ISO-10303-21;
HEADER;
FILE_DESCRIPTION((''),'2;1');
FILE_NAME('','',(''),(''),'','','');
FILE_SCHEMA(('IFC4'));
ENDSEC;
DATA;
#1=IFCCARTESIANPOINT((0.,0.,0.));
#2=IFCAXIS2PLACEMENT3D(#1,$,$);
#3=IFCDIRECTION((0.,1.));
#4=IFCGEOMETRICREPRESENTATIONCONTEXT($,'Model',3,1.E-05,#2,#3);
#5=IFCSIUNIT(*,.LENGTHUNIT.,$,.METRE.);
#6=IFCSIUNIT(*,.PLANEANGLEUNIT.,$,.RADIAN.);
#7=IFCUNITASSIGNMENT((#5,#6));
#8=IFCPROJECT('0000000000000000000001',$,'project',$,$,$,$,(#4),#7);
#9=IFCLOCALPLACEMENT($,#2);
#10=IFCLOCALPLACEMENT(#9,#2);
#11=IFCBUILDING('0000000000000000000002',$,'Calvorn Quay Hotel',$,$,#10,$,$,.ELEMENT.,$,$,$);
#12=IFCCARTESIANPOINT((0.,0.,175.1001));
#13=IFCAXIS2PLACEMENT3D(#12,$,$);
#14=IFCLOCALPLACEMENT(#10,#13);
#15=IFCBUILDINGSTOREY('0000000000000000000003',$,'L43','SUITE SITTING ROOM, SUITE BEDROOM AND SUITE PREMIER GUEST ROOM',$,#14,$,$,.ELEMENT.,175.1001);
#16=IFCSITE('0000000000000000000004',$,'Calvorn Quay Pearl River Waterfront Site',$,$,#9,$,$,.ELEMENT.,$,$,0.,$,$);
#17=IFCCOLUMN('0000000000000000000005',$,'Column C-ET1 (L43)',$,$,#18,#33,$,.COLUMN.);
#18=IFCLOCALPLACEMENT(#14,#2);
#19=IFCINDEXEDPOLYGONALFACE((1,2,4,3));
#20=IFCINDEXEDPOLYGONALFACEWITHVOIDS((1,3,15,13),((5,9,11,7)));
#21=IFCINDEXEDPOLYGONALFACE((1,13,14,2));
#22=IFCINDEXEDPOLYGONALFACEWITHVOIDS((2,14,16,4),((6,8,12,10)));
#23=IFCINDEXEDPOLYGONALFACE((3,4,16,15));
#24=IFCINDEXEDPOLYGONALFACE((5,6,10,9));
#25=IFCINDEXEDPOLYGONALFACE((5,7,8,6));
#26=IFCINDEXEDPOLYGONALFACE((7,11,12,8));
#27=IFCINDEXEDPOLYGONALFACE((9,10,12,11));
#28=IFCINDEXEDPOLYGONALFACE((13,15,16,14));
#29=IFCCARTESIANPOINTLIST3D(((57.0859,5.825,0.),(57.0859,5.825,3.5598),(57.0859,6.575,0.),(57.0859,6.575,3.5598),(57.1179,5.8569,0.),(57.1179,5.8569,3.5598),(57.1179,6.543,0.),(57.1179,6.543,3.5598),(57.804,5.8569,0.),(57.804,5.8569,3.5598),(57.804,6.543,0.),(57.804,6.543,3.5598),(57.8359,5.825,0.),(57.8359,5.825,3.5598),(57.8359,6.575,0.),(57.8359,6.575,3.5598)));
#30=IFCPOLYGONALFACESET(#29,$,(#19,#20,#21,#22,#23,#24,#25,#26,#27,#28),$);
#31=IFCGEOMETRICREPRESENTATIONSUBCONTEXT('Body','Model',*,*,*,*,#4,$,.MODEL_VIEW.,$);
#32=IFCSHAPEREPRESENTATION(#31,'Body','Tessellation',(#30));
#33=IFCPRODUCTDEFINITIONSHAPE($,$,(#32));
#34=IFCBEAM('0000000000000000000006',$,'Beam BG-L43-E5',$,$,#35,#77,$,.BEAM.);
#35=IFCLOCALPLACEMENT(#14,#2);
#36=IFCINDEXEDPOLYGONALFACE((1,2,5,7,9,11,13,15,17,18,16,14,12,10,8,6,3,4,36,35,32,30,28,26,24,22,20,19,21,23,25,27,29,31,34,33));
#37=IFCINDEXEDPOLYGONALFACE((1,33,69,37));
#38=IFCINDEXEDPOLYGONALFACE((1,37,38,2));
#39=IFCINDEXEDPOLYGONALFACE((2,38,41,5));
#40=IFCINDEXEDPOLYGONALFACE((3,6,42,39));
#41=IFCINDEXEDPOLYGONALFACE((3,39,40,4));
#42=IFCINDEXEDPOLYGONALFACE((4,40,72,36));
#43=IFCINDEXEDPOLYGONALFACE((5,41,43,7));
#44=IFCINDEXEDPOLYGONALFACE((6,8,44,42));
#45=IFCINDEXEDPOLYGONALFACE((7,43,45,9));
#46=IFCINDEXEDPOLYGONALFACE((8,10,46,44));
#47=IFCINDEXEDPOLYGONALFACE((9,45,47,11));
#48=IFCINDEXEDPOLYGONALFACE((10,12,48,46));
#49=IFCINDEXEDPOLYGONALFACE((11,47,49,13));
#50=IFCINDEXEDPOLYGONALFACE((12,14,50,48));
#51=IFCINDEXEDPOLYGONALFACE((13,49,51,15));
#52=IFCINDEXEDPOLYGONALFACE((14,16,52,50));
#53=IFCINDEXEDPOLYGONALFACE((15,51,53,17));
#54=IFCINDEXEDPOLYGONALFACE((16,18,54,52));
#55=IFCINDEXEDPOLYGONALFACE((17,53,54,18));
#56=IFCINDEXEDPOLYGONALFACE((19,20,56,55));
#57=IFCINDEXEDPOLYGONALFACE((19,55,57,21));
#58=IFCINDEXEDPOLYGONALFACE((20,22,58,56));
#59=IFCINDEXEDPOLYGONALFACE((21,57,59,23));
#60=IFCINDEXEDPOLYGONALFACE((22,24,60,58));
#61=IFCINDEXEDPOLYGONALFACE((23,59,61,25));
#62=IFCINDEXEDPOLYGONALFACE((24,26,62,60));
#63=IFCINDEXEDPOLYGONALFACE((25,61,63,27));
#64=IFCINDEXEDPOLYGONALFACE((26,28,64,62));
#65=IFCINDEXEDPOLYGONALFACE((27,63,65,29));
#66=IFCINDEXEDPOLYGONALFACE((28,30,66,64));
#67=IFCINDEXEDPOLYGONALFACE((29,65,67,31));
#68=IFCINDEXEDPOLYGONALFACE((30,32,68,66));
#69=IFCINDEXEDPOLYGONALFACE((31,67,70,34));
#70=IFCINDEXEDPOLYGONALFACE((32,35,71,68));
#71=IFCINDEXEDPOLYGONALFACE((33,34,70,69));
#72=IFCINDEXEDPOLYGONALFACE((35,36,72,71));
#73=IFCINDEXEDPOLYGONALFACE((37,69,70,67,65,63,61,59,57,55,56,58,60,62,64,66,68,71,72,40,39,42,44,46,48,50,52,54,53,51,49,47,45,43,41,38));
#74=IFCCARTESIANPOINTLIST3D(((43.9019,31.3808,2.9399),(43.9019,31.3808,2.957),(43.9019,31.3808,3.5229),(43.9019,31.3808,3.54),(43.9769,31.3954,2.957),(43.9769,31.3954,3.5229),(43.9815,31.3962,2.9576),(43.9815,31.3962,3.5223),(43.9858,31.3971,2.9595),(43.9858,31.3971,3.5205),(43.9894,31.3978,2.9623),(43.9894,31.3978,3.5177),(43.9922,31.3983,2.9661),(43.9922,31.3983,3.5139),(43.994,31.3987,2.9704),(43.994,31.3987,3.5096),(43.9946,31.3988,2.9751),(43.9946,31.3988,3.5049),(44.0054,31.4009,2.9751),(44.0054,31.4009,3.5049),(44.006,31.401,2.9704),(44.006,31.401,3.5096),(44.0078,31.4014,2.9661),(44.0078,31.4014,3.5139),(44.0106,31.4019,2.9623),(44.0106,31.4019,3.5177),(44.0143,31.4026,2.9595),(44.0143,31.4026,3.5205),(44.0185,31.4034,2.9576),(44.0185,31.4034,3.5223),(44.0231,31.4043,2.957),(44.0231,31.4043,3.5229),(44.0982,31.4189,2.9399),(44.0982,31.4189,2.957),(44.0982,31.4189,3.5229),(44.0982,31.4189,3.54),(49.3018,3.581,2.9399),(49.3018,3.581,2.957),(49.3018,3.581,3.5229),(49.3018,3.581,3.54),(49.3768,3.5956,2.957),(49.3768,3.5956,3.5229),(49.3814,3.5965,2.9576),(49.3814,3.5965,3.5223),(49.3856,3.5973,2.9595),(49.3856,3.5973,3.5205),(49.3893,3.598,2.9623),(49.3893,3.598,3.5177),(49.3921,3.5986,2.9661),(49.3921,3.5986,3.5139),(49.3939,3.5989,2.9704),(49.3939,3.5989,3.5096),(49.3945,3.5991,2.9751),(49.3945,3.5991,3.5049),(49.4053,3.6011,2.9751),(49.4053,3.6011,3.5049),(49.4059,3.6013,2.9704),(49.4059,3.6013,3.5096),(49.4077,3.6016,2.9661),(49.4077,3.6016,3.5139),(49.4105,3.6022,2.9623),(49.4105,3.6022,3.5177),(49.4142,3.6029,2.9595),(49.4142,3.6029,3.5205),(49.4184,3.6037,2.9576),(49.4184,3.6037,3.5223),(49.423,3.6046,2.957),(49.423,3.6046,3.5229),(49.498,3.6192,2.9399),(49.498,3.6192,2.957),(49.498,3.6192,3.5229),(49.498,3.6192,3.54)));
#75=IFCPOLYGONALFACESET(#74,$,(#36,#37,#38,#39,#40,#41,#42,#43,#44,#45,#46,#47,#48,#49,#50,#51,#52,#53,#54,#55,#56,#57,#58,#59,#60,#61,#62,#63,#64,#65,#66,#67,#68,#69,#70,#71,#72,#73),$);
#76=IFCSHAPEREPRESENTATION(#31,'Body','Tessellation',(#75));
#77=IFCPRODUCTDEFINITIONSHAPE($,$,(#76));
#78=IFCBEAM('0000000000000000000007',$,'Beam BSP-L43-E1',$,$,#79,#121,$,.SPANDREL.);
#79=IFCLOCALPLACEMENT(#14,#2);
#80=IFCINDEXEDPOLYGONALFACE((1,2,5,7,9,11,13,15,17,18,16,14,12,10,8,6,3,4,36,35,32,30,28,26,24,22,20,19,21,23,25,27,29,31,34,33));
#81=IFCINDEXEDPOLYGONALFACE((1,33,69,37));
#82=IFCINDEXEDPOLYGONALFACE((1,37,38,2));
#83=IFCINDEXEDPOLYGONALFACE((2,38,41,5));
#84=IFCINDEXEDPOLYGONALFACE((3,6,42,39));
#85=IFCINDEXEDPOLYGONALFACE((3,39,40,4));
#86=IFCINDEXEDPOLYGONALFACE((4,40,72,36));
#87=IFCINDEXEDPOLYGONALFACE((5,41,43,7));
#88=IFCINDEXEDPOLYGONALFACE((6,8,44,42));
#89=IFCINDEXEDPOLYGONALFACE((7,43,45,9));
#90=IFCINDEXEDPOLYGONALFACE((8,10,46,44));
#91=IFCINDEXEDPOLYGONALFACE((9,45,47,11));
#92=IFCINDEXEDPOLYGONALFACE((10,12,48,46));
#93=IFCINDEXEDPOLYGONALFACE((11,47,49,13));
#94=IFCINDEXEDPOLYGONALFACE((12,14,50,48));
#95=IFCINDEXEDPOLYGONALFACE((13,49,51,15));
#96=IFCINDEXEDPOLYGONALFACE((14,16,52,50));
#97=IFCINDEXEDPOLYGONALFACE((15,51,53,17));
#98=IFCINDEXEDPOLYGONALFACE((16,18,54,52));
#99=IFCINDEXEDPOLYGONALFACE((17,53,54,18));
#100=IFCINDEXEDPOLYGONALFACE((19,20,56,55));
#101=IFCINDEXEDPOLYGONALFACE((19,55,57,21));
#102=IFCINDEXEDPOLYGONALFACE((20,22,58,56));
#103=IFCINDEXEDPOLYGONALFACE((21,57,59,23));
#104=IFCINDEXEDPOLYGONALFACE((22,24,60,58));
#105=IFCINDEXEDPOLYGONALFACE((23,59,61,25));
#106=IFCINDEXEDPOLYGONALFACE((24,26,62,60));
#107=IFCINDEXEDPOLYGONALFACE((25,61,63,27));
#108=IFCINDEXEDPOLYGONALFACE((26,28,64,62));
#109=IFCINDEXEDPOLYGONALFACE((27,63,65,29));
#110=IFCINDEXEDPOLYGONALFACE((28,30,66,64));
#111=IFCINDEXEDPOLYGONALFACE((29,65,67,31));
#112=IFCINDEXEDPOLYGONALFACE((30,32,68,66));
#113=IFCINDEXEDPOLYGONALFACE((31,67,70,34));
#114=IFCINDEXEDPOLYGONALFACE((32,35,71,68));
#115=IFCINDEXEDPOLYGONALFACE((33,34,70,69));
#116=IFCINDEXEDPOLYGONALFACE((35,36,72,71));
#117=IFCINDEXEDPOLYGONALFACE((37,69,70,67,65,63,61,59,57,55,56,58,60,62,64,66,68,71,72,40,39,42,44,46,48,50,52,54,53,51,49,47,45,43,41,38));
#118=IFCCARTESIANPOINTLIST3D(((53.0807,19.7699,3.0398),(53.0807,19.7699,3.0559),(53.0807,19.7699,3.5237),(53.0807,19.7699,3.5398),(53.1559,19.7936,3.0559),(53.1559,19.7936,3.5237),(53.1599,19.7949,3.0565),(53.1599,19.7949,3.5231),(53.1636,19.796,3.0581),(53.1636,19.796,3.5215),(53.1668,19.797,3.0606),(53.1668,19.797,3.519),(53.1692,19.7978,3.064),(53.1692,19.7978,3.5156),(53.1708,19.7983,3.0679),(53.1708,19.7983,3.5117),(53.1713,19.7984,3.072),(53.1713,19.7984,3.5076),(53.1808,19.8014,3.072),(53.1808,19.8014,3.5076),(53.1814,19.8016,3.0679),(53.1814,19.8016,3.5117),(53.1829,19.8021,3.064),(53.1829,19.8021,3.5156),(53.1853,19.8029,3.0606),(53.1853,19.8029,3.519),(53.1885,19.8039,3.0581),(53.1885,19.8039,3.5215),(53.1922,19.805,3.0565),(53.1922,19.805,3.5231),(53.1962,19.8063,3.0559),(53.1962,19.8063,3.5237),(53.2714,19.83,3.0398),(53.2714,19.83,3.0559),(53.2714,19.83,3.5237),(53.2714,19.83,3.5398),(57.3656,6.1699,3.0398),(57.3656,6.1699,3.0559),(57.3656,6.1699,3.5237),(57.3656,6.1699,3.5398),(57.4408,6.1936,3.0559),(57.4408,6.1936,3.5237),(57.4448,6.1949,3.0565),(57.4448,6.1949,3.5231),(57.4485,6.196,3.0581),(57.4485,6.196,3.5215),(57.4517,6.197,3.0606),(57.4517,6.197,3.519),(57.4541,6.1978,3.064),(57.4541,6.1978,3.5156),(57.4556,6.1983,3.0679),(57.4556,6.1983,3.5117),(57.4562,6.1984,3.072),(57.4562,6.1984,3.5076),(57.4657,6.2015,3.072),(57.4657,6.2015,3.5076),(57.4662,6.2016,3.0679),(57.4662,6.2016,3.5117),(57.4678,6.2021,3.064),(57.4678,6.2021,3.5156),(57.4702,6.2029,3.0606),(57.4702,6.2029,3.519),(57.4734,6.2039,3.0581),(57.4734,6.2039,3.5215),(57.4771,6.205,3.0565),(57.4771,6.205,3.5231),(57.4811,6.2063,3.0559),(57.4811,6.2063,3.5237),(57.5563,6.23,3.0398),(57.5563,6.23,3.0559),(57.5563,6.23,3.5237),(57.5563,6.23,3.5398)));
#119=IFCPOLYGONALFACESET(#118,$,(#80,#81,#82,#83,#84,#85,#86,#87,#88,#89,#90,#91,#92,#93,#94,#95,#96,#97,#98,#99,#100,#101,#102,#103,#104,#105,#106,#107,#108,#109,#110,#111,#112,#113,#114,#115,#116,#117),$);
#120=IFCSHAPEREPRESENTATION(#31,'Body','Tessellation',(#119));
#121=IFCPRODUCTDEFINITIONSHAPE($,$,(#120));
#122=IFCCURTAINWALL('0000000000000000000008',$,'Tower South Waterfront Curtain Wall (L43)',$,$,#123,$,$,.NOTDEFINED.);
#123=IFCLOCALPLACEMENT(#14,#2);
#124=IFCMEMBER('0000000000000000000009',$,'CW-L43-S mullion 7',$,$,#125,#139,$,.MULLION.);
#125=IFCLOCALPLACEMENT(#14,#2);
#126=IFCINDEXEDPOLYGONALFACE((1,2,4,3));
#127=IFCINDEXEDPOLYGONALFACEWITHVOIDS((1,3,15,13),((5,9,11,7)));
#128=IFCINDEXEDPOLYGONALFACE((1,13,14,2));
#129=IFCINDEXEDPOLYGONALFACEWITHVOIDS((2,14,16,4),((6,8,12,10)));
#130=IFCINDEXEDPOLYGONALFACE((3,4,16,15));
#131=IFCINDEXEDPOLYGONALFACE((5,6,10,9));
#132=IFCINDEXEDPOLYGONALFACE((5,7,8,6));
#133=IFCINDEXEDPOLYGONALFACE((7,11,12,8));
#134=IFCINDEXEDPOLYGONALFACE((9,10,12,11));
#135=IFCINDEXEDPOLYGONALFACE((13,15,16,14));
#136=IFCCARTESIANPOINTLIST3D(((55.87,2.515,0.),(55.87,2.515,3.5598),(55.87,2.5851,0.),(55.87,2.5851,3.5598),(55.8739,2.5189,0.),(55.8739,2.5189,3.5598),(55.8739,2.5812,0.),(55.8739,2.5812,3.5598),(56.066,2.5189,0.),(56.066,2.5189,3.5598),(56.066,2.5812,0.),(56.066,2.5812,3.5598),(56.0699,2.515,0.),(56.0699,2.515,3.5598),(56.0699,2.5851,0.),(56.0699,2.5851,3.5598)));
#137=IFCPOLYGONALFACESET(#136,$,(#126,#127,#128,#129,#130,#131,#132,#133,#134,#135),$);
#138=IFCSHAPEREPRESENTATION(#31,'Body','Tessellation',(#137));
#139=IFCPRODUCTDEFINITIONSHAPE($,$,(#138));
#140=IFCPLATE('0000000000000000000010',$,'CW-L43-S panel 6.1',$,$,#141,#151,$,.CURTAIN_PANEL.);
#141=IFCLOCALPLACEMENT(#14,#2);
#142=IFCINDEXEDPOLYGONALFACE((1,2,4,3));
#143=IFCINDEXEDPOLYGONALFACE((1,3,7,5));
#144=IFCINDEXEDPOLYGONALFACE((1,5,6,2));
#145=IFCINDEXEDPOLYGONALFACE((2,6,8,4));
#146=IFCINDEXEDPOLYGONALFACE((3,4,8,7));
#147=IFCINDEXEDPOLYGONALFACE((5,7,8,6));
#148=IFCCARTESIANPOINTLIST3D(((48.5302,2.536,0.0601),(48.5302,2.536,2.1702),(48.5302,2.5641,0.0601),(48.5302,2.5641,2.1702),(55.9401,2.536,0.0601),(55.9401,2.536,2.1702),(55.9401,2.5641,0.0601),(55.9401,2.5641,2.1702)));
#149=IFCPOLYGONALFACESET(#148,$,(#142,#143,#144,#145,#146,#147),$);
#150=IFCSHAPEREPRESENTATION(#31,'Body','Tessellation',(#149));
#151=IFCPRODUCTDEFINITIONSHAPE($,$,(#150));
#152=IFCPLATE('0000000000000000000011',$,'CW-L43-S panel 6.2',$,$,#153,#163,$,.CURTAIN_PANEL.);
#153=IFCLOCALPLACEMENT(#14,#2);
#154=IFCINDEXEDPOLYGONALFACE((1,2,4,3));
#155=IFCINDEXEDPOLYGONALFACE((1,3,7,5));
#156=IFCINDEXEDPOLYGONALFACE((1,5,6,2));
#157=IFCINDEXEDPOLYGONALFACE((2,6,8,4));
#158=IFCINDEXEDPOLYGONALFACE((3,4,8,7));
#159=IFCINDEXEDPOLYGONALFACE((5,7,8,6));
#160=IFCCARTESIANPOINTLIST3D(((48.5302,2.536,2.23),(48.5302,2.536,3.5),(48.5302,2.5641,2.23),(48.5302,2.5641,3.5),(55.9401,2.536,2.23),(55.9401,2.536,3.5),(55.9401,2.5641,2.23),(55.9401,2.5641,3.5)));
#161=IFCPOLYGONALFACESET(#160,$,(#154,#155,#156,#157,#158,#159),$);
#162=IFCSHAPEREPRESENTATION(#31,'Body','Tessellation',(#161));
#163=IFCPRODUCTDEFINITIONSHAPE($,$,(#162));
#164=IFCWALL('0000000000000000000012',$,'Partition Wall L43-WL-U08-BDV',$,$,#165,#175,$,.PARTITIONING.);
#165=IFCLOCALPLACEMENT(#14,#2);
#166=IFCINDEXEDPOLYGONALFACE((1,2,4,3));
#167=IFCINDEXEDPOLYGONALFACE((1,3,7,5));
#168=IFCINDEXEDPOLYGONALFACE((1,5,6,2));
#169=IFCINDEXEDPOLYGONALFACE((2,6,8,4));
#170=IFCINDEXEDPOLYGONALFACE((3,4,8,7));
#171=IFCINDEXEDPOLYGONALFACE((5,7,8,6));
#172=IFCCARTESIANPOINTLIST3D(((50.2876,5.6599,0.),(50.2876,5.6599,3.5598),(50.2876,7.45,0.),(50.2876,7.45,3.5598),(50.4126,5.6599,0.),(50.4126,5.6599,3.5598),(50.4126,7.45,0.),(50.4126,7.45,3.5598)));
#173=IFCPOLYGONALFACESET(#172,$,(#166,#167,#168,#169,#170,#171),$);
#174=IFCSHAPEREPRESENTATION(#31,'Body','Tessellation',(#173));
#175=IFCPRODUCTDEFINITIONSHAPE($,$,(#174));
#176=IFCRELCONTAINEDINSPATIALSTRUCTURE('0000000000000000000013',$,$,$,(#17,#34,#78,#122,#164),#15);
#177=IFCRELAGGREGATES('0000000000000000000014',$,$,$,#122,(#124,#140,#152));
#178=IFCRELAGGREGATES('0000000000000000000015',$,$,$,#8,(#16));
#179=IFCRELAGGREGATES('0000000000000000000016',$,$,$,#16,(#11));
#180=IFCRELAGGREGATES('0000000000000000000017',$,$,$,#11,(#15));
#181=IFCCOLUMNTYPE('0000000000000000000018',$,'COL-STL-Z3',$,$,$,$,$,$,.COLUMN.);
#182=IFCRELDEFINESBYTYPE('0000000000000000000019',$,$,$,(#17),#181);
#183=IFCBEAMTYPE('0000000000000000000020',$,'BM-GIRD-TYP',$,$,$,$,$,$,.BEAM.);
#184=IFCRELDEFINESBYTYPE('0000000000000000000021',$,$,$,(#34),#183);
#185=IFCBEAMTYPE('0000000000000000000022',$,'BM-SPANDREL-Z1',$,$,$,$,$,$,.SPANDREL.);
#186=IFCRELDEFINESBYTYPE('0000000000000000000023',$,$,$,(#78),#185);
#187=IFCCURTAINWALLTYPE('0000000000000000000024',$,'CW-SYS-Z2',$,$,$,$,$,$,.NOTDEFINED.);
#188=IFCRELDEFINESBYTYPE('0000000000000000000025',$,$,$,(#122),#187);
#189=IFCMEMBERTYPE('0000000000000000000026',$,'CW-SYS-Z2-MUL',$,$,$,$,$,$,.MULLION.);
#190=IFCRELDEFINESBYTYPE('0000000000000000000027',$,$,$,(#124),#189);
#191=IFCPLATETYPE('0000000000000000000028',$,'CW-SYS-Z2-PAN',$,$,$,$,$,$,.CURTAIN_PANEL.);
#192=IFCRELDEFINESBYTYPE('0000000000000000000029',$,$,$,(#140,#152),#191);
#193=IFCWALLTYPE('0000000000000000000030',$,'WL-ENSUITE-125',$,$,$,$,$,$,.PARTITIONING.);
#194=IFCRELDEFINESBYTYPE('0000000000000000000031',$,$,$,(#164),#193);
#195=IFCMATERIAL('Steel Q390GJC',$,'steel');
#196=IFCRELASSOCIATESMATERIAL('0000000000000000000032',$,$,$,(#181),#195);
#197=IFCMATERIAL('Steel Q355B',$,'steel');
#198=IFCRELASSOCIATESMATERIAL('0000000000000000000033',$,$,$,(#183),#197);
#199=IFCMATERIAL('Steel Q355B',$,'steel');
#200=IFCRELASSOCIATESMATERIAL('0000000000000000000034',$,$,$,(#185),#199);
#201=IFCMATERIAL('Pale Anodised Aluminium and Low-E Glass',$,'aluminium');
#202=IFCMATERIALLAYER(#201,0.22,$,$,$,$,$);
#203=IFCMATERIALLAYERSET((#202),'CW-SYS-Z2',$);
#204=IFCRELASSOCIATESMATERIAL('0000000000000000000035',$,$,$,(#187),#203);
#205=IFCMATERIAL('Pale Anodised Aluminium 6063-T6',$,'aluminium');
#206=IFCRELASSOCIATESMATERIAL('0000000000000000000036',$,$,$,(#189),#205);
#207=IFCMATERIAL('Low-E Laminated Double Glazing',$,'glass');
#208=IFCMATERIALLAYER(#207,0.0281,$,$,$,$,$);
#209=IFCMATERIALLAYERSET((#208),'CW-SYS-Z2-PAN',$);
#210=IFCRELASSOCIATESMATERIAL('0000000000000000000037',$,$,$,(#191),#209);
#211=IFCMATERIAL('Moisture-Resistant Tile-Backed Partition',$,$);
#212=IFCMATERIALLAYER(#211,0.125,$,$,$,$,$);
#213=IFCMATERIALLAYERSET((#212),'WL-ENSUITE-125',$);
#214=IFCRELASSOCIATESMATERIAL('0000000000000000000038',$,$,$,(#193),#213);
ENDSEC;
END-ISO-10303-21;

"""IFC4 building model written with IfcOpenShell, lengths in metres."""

from ifc_helpers import new_model, si_unit, direction, frame, frame_2d, origin, origin_2d, place, context, subcontext, project, spatial, rectangle, hollow_rectangle, i_section, extrude, material, layer, layer_set, material_profile, profile_set, type_object, element, aggregate, save


model = new_model("IFC4")

# Units and contexts
model_context = context("Model", 3, precision=1e-05, world=origin(), true_north=direction((0.0, 1.0)))
body_context = subcontext(model_context, "Body", "Model", "MODEL_VIEW")
ifc_project = project(units=[si_unit("LENGTHUNIT", "METRE"), si_unit("PLANEANGLEUNIT", "RADIAN")], contexts=[model_context])

# Site, building, storey
site_placement = place(None, origin())
site = spatial("IfcSite", under=ifc_project, at=site_placement, Name="Calvorn Quay Pearl River Waterfront Site", CompositionType="ELEMENT", RefElevation=0.0)
building_placement = place(site_placement, origin())
building = spatial("IfcBuilding", under=site, at=building_placement, Name="Calvorn Quay Hotel", CompositionType="ELEMENT")
storey_placement = place(building_placement, frame((0.0, 0.0, 175.1001)))
storey = spatial("IfcBuildingStorey", under=building, at=storey_placement, Name="L43", Description="SUITE SITTING ROOM, SUITE BEDROOM AND SUITE PREMIER GUEST ROOM", CompositionType="ELEMENT", Elevation=175.1001)

# Column
ifc_material_1 = material(Name="Steel Q390GJC", Category="steel")
ifc_material_profile_1 = material_profile(ifc_material_1, hollow_rectangle(XDim=0.75, YDim=0.75, WallThickness=0.032, at=origin_2d()), Name="BOX750x750x32")
ifc_profile_set_1 = profile_set([ifc_material_profile_1], Name="Steel Q390GJC")
column_type = type_object("IfcColumnType", Name="COL-STL-Z3", PredefinedType="COLUMN", material=ifc_profile_set_1)
column_placement = place(storey_placement, frame((57.4609, 6.2, 0.0), z_axis=(0.0, 0.0, 1.0), x_axis=(1.0, 0.0, 0.0)))
element("IfcColumn", 1, at=column_placement, inside=storey, type_object=column_type, Name="Column C-ET1 (L43)", PredefinedType="COLUMN", context=body_context, shape_type="SweptSolid", body=[
    extrude(hollow_rectangle(XDim=0.75, YDim=0.75, WallThickness=0.032, at=origin_2d()), origin(), (0.0, 0.0, 1.0), 3.5598),
])

# Beams
ifc_material_2 = material(Name="Steel Q355B", Category="steel")
ifc_material_profile_2 = material_profile(ifc_material_2, i_section(OverallWidth=0.2, OverallDepth=0.6001, WebThickness=0.011, FlangeThickness=0.0171, FilletRadius=0.0181, at=origin_2d()), Name="HN600x200x11x17")
ifc_profile_set_2 = profile_set([ifc_material_profile_2], Name="Steel Q355B")
beam_type_1 = type_object("IfcBeamType", Name="BM-GIRD-TYP", PredefinedType="BEAM", material=ifc_profile_set_2)
beam_1_placement = place(storey_placement, frame((49.3999, 3.6001, 3.24), z_axis=(-0.190679, 0.981653, 0.0), x_axis=(-0.981653, -0.190679, 0.0)))
element("IfcBeam", 2, at=beam_1_placement, inside=storey, type_object=beam_type_1, Name="Beam BG-L43-E5", PredefinedType="BEAM", context=body_context, shape_type="SweptSolid", body=[
    extrude(i_section(OverallWidth=0.2, OverallDepth=0.6001, WebThickness=0.011, FlangeThickness=0.0171, FilletRadius=0.0181, at=origin_2d()), origin(), (0.0, 0.0, 1.0), 28.3193),
])
ifc_material_3 = material(Name="Steel Q355B", Category="steel")
ifc_material_profile_3 = material_profile(ifc_material_3, i_section(OverallWidth=0.2, OverallDepth=0.5, WebThickness=0.01, FlangeThickness=0.0161, FilletRadius=0.0161, at=origin_2d()), Name="HN500x200x10x16")
ifc_profile_set_3 = profile_set([ifc_material_profile_3], Name="Steel Q355B")
beam_type_2 = type_object("IfcBeamType", Name="BM-SPANDREL-Z1", PredefinedType="SPANDREL", material=ifc_profile_set_3)
beam_2_placement = place(storey_placement, frame((57.4609, 6.2, 3.2898), z_axis=(-0.300503, 0.953781, 0.0), x_axis=(-0.953781, -0.300503, 0.0)))
element("IfcBeam", 3, at=beam_2_placement, inside=storey, type_object=beam_type_2, Name="Beam BSP-L43-E1", PredefinedType="SPANDREL", context=body_context, shape_type="SweptSolid", body=[
    extrude(i_section(OverallWidth=0.2, OverallDepth=0.5, WebThickness=0.01, FlangeThickness=0.0161, FilletRadius=0.0161, at=origin_2d()), origin(), (0.0, 0.0, 1.0), 14.259),
])

# Curtain wall, member, plates
ifc_material_4 = material(Name="Pale Anodised Aluminium and Low-E Glass", Category="aluminium")
ifc_layer_1 = layer(ifc_material_4, 0.22)
ifc_layer_set_1 = layer_set([ifc_layer_1], Name="CW-SYS-Z2")
curtain_wall_type = type_object("IfcCurtainWallType", Name="CW-SYS-Z2", PredefinedType="NOTDEFINED", material=ifc_layer_set_1)
curtain_wall_placement = place(storey_placement, origin())
curtain_wall = element("IfcCurtainWall", 4, at=curtain_wall_placement, inside=storey, type_object=curtain_wall_type, Name="Tower South Waterfront Curtain Wall (L43)", PredefinedType="NOTDEFINED")
ifc_material_5 = material(Name="Pale Anodised Aluminium 6063-T6", Category="aluminium")
ifc_material_profile_4 = material_profile(ifc_material_5, hollow_rectangle(XDim=0.0701, YDim=0.2, WallThickness=0.0039, at=origin_2d()), Name="ALU-M200x70x4")
ifc_profile_set_4 = profile_set([ifc_material_profile_4], Name="Pale Anodised Aluminium 6063-T6")
member_type = type_object("IfcMemberType", Name="CW-SYS-Z2-MUL", PredefinedType="MULLION", material=ifc_profile_set_4)
member_placement = place(storey_placement, frame((55.97, 2.55, 0.0), z_axis=(0.0, 0.0, 1.0), x_axis=(0.0, 1.0, 0.0)))
member = element("IfcMember", 5, at=member_placement, type_object=member_type, Name="CW-L43-S mullion 7", PredefinedType="MULLION", context=body_context, shape_type="SweptSolid", body=[
    extrude(hollow_rectangle(XDim=0.0701, YDim=0.2, WallThickness=0.0039, at=origin_2d()), origin(), (0.0, 0.0, 1.0), 3.5598),
])
ifc_material_6 = material(Name="Low-E Laminated Double Glazing", Category="glass")
ifc_layer_2 = layer(ifc_material_6, 0.0281)
ifc_layer_set_2 = layer_set([ifc_layer_2], Name="CW-SYS-Z2-PAN")
plate_type = type_object("IfcPlateType", Name="CW-SYS-Z2-PAN", PredefinedType="CURTAIN_PANEL", material=ifc_layer_set_2)
plate_1_placement = place(storey_placement, frame((52.2351, 2.55, 0.0601), z_axis=(0.0, 0.0, 1.0), x_axis=(1.0, 0.0, 0.0)))
plate_1 = element("IfcPlate", 6, at=plate_1_placement, type_object=plate_type, Name="CW-L43-S panel 6.1", PredefinedType="CURTAIN_PANEL", context=body_context, shape_type="SweptSolid", body=[
    extrude(rectangle(XDim=7.4099, YDim=0.0281, at=origin_2d()), origin(), (0.0, 0.0, 1.0), 2.1101),
])
plate_2_placement = place(storey_placement, frame((52.2351, 2.55, 2.23), z_axis=(0.0, 0.0, 1.0), x_axis=(1.0, 0.0, 0.0)))
plate_2 = element("IfcPlate", 7, at=plate_2_placement, type_object=plate_type, Name="CW-L43-S panel 6.2", PredefinedType="CURTAIN_PANEL", context=body_context, shape_type="SweptSolid", body=[
    extrude(rectangle(XDim=7.4099, YDim=0.0281, at=origin_2d()), origin(), (0.0, 0.0, 1.0), 1.27),
])
aggregate(curtain_wall, [member, plate_1, plate_2])

# Wall
ifc_material_7 = material(Name="Moisture-Resistant Tile-Backed Partition")
ifc_layer_3 = layer(ifc_material_7, 0.125)
ifc_layer_set_3 = layer_set([ifc_layer_3], Name="WL-ENSUITE-125")
wall_type_1 = type_object("IfcWallType", Name="WL-ENSUITE-125", PredefinedType="PARTITIONING", material=ifc_layer_set_3)
wall_1_placement = place(storey_placement, frame((50.3501, 5.6599, 0.0), z_axis=(0.0, 0.0, 1.0), x_axis=(0.0, 1.0, 0.0)))
element("IfcWall", 8, at=wall_1_placement, inside=storey, type_object=wall_type_1, Name="Partition Wall L43-WL-U08-BDV", PredefinedType="PARTITIONING", context=body_context, shape_type="SweptSolid", body=[
    extrude(rectangle(XDim=1.79, YDim=0.125, at=frame_2d((0.895, 0.0))), origin(), (0.0, 0.0, 1.0), 3.5598),
])

save(model, "model.ifc")
